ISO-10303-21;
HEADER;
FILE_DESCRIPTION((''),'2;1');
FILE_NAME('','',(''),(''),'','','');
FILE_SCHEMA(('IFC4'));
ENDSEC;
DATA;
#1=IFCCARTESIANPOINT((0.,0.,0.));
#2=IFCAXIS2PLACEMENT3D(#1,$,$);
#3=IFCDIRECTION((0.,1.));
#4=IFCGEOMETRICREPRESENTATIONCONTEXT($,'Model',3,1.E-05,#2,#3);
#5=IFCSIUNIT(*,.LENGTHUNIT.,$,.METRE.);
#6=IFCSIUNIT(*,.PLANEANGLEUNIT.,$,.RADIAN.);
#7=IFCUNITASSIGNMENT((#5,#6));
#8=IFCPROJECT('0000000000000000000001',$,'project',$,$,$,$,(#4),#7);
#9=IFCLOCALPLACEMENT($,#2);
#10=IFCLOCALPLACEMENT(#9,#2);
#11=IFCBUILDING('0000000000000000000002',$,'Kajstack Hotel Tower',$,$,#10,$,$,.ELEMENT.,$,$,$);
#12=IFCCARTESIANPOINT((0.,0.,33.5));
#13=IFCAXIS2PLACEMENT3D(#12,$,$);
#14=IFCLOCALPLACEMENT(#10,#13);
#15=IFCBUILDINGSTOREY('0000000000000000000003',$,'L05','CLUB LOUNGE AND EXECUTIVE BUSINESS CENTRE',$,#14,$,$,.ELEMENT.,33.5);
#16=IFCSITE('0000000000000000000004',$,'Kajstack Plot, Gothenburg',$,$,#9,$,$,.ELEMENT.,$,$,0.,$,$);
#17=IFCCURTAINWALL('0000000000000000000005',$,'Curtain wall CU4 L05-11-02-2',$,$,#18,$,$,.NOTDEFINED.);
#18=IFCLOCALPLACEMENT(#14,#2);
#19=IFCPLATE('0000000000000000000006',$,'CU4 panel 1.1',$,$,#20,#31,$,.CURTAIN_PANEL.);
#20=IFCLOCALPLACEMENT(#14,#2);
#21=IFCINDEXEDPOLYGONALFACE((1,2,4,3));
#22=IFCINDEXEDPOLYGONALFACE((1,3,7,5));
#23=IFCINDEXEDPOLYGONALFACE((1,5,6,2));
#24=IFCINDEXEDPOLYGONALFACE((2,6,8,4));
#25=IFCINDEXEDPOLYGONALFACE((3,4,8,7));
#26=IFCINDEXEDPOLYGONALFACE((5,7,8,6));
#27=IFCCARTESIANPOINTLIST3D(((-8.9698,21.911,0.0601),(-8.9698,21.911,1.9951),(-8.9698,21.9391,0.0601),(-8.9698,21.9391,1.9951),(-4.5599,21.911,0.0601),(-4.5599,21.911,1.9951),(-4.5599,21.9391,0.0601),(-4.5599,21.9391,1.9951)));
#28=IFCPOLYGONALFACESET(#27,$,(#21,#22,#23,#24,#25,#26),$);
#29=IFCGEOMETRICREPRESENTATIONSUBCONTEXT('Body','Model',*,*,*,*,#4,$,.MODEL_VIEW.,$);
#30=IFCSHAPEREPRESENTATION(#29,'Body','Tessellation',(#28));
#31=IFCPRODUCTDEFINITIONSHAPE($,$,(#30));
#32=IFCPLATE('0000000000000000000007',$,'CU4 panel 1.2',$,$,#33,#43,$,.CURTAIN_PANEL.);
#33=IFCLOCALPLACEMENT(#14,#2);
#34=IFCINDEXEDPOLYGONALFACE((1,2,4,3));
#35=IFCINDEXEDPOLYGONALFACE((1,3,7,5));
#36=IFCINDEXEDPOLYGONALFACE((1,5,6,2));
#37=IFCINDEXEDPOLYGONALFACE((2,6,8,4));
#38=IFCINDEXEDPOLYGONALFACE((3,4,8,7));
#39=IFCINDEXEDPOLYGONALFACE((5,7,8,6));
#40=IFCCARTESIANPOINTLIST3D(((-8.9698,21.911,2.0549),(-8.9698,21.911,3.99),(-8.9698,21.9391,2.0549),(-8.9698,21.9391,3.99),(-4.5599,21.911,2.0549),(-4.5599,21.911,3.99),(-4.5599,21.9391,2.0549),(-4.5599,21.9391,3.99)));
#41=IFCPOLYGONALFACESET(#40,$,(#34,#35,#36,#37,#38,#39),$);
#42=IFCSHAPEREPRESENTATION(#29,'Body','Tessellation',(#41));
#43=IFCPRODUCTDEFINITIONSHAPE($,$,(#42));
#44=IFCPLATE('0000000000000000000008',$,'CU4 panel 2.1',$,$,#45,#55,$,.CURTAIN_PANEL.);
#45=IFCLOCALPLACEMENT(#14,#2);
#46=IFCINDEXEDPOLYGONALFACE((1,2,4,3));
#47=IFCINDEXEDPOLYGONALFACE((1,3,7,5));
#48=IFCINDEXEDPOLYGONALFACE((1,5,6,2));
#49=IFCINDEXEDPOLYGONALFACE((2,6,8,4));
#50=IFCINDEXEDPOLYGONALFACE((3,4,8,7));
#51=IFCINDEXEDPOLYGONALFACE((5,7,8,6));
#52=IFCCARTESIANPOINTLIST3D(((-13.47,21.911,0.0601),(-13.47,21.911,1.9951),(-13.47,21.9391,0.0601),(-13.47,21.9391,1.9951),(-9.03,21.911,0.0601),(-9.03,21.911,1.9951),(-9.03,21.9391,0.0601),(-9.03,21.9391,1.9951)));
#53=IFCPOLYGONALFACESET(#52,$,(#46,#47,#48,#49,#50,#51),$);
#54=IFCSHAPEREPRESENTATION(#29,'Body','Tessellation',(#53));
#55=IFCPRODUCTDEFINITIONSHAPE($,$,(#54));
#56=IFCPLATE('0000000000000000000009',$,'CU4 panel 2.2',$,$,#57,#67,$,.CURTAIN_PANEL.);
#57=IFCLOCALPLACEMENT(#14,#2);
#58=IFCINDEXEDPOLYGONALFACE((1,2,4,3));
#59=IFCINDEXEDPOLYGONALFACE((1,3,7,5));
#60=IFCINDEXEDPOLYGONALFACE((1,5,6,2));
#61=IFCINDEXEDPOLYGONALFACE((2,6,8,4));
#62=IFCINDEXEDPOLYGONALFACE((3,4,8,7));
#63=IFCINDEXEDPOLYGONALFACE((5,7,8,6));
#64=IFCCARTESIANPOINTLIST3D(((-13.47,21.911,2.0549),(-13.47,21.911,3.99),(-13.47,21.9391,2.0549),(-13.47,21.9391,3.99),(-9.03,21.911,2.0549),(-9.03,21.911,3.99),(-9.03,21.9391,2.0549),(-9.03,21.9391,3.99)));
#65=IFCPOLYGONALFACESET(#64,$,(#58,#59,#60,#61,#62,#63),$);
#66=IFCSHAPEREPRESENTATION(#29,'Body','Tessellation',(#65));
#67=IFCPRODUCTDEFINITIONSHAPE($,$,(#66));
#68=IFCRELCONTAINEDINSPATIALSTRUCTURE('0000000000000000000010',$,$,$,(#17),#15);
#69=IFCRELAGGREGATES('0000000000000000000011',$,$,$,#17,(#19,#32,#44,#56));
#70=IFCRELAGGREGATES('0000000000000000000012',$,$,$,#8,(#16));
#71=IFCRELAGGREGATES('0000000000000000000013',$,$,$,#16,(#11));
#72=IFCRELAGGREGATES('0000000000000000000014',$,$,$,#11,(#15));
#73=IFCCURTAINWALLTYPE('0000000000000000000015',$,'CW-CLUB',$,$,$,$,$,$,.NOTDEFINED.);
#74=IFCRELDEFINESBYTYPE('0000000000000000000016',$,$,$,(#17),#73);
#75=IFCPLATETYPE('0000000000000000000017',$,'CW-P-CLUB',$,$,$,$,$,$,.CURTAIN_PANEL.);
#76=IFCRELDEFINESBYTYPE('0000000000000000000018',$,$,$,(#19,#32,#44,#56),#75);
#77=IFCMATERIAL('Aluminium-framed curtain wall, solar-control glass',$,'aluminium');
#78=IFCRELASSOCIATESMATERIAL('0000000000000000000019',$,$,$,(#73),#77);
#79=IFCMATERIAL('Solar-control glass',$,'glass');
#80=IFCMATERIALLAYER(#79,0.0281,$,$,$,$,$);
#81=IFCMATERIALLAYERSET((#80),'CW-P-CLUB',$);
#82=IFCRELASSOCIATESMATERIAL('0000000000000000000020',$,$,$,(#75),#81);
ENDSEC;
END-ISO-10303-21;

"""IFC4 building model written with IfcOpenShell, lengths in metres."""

from ifc_helpers import new_model, si_unit, direction, frame, origin, origin_2d, place, context, subcontext, project, spatial, rectangle, extrude, material, layer, layer_set, type_object, element, aggregate, save


model = new_model("IFC4")

# Units and contexts
model_context = context("Model", 3, precision=1e-05, world=origin(), true_north=direction((0.0, 1.0)))
body_context = subcontext(model_context, "Body", "Model", "MODEL_VIEW")
ifc_project = project(units=[si_unit("LENGTHUNIT", "METRE"), si_unit("PLANEANGLEUNIT", "RADIAN")], contexts=[model_context])

# Site, building, storey
site_placement = place(None, origin())
site = spatial("IfcSite", under=ifc_project, at=site_placement, Name="Kajstack Plot, Gothenburg", CompositionType="ELEMENT", RefElevation=0.0)
building_placement = place(site_placement, origin())
building = spatial("IfcBuilding", under=site, at=building_placement, Name="Kajstack Hotel Tower", CompositionType="ELEMENT")
storey_placement = place(building_placement, frame((0.0, 0.0, 33.5)))
storey = spatial("IfcBuildingStorey", under=building, at=storey_placement, Name="L05", Description="CLUB LOUNGE AND EXECUTIVE BUSINESS CENTRE", CompositionType="ELEMENT", Elevation=33.5)

# Shared definitions
ifc_material_1 = material(Name="Aluminium-framed curtain wall, solar-control glass", Category="aluminium")
curtain_wall_type = type_object("IfcCurtainWallType", Name="CW-CLUB", PredefinedType="NOTDEFINED", material=ifc_material_1)

# Curtain wall
curtain_wall_1_placement = place(storey_placement, origin())
curtain_wall_1 = element("IfcCurtainWall", 1, at=curtain_wall_1_placement, inside=storey, type_object=curtain_wall_type, Name="Curtain wall CU4 L05-11-02-2", PredefinedType="NOTDEFINED")

# Plates
ifc_material_2 = material(Name="Solar-control glass", Category="glass")
ifc_layer = layer(ifc_material_2, 0.0281)
ifc_layer_set = layer_set([ifc_layer], Name="CW-P-CLUB")
plate_type = type_object("IfcPlateType", Name="CW-P-CLUB", PredefinedType="CURTAIN_PANEL", material=ifc_layer_set)
plate_1_placement = place(storey_placement, frame((-6.7649, 21.925, 0.0601), z_axis=(0.0, 0.0, 1.0), x_axis=(-1.0, 0.0, 0.0)))
plate_1 = element("IfcPlate", 2, at=plate_1_placement, type_object=plate_type, Name="CU4 panel 1.1", PredefinedType="CURTAIN_PANEL", context=body_context, shape_type="SweptSolid", body=[
    extrude(rectangle(XDim=4.4099, YDim=0.0281, at=origin_2d()), origin(), (0.0, 0.0, 1.0), 1.9351),
])
plate_2_placement = place(storey_placement, frame((-6.7649, 21.925, 2.0549), z_axis=(0.0, 0.0, 1.0), x_axis=(-1.0, 0.0, 0.0)))
plate_2 = element("IfcPlate", 3, at=plate_2_placement, type_object=plate_type, Name="CU4 panel 1.2", PredefinedType="CURTAIN_PANEL", context=body_context, shape_type="SweptSolid", body=[
    extrude(rectangle(XDim=4.4099, YDim=0.0281, at=origin_2d()), origin(), (0.0, 0.0, 1.0), 1.9351),
])
plate_3_placement = place(storey_placement, frame((-11.25, 21.925, 0.0601), z_axis=(0.0, 0.0, 1.0), x_axis=(-1.0, 0.0, 0.0)))
plate_3 = element("IfcPlate", 4, at=plate_3_placement, type_object=plate_type, Name="CU4 panel 2.1", PredefinedType="CURTAIN_PANEL", context=body_context, shape_type="SweptSolid", body=[
    extrude(rectangle(XDim=4.4399, YDim=0.0281, at=origin_2d()), origin(), (0.0, 0.0, 1.0), 1.9351),
])
plate_4_placement = place(storey_placement, frame((-11.25, 21.925, 2.0549), z_axis=(0.0, 0.0, 1.0), x_axis=(-1.0, 0.0, 0.0)))
plate_4 = element("IfcPlate", 5, at=plate_4_placement, type_object=plate_type, Name="CU4 panel 2.2", PredefinedType="CURTAIN_PANEL", context=body_context, shape_type="SweptSolid", body=[
    extrude(rectangle(XDim=4.4399, YDim=0.0281, at=origin_2d()), origin(), (0.0, 0.0, 1.0), 1.9351),
])
aggregate(curtain_wall_1, [plate_1, plate_2, plate_3, plate_4])

save(model, "model.ifc")
